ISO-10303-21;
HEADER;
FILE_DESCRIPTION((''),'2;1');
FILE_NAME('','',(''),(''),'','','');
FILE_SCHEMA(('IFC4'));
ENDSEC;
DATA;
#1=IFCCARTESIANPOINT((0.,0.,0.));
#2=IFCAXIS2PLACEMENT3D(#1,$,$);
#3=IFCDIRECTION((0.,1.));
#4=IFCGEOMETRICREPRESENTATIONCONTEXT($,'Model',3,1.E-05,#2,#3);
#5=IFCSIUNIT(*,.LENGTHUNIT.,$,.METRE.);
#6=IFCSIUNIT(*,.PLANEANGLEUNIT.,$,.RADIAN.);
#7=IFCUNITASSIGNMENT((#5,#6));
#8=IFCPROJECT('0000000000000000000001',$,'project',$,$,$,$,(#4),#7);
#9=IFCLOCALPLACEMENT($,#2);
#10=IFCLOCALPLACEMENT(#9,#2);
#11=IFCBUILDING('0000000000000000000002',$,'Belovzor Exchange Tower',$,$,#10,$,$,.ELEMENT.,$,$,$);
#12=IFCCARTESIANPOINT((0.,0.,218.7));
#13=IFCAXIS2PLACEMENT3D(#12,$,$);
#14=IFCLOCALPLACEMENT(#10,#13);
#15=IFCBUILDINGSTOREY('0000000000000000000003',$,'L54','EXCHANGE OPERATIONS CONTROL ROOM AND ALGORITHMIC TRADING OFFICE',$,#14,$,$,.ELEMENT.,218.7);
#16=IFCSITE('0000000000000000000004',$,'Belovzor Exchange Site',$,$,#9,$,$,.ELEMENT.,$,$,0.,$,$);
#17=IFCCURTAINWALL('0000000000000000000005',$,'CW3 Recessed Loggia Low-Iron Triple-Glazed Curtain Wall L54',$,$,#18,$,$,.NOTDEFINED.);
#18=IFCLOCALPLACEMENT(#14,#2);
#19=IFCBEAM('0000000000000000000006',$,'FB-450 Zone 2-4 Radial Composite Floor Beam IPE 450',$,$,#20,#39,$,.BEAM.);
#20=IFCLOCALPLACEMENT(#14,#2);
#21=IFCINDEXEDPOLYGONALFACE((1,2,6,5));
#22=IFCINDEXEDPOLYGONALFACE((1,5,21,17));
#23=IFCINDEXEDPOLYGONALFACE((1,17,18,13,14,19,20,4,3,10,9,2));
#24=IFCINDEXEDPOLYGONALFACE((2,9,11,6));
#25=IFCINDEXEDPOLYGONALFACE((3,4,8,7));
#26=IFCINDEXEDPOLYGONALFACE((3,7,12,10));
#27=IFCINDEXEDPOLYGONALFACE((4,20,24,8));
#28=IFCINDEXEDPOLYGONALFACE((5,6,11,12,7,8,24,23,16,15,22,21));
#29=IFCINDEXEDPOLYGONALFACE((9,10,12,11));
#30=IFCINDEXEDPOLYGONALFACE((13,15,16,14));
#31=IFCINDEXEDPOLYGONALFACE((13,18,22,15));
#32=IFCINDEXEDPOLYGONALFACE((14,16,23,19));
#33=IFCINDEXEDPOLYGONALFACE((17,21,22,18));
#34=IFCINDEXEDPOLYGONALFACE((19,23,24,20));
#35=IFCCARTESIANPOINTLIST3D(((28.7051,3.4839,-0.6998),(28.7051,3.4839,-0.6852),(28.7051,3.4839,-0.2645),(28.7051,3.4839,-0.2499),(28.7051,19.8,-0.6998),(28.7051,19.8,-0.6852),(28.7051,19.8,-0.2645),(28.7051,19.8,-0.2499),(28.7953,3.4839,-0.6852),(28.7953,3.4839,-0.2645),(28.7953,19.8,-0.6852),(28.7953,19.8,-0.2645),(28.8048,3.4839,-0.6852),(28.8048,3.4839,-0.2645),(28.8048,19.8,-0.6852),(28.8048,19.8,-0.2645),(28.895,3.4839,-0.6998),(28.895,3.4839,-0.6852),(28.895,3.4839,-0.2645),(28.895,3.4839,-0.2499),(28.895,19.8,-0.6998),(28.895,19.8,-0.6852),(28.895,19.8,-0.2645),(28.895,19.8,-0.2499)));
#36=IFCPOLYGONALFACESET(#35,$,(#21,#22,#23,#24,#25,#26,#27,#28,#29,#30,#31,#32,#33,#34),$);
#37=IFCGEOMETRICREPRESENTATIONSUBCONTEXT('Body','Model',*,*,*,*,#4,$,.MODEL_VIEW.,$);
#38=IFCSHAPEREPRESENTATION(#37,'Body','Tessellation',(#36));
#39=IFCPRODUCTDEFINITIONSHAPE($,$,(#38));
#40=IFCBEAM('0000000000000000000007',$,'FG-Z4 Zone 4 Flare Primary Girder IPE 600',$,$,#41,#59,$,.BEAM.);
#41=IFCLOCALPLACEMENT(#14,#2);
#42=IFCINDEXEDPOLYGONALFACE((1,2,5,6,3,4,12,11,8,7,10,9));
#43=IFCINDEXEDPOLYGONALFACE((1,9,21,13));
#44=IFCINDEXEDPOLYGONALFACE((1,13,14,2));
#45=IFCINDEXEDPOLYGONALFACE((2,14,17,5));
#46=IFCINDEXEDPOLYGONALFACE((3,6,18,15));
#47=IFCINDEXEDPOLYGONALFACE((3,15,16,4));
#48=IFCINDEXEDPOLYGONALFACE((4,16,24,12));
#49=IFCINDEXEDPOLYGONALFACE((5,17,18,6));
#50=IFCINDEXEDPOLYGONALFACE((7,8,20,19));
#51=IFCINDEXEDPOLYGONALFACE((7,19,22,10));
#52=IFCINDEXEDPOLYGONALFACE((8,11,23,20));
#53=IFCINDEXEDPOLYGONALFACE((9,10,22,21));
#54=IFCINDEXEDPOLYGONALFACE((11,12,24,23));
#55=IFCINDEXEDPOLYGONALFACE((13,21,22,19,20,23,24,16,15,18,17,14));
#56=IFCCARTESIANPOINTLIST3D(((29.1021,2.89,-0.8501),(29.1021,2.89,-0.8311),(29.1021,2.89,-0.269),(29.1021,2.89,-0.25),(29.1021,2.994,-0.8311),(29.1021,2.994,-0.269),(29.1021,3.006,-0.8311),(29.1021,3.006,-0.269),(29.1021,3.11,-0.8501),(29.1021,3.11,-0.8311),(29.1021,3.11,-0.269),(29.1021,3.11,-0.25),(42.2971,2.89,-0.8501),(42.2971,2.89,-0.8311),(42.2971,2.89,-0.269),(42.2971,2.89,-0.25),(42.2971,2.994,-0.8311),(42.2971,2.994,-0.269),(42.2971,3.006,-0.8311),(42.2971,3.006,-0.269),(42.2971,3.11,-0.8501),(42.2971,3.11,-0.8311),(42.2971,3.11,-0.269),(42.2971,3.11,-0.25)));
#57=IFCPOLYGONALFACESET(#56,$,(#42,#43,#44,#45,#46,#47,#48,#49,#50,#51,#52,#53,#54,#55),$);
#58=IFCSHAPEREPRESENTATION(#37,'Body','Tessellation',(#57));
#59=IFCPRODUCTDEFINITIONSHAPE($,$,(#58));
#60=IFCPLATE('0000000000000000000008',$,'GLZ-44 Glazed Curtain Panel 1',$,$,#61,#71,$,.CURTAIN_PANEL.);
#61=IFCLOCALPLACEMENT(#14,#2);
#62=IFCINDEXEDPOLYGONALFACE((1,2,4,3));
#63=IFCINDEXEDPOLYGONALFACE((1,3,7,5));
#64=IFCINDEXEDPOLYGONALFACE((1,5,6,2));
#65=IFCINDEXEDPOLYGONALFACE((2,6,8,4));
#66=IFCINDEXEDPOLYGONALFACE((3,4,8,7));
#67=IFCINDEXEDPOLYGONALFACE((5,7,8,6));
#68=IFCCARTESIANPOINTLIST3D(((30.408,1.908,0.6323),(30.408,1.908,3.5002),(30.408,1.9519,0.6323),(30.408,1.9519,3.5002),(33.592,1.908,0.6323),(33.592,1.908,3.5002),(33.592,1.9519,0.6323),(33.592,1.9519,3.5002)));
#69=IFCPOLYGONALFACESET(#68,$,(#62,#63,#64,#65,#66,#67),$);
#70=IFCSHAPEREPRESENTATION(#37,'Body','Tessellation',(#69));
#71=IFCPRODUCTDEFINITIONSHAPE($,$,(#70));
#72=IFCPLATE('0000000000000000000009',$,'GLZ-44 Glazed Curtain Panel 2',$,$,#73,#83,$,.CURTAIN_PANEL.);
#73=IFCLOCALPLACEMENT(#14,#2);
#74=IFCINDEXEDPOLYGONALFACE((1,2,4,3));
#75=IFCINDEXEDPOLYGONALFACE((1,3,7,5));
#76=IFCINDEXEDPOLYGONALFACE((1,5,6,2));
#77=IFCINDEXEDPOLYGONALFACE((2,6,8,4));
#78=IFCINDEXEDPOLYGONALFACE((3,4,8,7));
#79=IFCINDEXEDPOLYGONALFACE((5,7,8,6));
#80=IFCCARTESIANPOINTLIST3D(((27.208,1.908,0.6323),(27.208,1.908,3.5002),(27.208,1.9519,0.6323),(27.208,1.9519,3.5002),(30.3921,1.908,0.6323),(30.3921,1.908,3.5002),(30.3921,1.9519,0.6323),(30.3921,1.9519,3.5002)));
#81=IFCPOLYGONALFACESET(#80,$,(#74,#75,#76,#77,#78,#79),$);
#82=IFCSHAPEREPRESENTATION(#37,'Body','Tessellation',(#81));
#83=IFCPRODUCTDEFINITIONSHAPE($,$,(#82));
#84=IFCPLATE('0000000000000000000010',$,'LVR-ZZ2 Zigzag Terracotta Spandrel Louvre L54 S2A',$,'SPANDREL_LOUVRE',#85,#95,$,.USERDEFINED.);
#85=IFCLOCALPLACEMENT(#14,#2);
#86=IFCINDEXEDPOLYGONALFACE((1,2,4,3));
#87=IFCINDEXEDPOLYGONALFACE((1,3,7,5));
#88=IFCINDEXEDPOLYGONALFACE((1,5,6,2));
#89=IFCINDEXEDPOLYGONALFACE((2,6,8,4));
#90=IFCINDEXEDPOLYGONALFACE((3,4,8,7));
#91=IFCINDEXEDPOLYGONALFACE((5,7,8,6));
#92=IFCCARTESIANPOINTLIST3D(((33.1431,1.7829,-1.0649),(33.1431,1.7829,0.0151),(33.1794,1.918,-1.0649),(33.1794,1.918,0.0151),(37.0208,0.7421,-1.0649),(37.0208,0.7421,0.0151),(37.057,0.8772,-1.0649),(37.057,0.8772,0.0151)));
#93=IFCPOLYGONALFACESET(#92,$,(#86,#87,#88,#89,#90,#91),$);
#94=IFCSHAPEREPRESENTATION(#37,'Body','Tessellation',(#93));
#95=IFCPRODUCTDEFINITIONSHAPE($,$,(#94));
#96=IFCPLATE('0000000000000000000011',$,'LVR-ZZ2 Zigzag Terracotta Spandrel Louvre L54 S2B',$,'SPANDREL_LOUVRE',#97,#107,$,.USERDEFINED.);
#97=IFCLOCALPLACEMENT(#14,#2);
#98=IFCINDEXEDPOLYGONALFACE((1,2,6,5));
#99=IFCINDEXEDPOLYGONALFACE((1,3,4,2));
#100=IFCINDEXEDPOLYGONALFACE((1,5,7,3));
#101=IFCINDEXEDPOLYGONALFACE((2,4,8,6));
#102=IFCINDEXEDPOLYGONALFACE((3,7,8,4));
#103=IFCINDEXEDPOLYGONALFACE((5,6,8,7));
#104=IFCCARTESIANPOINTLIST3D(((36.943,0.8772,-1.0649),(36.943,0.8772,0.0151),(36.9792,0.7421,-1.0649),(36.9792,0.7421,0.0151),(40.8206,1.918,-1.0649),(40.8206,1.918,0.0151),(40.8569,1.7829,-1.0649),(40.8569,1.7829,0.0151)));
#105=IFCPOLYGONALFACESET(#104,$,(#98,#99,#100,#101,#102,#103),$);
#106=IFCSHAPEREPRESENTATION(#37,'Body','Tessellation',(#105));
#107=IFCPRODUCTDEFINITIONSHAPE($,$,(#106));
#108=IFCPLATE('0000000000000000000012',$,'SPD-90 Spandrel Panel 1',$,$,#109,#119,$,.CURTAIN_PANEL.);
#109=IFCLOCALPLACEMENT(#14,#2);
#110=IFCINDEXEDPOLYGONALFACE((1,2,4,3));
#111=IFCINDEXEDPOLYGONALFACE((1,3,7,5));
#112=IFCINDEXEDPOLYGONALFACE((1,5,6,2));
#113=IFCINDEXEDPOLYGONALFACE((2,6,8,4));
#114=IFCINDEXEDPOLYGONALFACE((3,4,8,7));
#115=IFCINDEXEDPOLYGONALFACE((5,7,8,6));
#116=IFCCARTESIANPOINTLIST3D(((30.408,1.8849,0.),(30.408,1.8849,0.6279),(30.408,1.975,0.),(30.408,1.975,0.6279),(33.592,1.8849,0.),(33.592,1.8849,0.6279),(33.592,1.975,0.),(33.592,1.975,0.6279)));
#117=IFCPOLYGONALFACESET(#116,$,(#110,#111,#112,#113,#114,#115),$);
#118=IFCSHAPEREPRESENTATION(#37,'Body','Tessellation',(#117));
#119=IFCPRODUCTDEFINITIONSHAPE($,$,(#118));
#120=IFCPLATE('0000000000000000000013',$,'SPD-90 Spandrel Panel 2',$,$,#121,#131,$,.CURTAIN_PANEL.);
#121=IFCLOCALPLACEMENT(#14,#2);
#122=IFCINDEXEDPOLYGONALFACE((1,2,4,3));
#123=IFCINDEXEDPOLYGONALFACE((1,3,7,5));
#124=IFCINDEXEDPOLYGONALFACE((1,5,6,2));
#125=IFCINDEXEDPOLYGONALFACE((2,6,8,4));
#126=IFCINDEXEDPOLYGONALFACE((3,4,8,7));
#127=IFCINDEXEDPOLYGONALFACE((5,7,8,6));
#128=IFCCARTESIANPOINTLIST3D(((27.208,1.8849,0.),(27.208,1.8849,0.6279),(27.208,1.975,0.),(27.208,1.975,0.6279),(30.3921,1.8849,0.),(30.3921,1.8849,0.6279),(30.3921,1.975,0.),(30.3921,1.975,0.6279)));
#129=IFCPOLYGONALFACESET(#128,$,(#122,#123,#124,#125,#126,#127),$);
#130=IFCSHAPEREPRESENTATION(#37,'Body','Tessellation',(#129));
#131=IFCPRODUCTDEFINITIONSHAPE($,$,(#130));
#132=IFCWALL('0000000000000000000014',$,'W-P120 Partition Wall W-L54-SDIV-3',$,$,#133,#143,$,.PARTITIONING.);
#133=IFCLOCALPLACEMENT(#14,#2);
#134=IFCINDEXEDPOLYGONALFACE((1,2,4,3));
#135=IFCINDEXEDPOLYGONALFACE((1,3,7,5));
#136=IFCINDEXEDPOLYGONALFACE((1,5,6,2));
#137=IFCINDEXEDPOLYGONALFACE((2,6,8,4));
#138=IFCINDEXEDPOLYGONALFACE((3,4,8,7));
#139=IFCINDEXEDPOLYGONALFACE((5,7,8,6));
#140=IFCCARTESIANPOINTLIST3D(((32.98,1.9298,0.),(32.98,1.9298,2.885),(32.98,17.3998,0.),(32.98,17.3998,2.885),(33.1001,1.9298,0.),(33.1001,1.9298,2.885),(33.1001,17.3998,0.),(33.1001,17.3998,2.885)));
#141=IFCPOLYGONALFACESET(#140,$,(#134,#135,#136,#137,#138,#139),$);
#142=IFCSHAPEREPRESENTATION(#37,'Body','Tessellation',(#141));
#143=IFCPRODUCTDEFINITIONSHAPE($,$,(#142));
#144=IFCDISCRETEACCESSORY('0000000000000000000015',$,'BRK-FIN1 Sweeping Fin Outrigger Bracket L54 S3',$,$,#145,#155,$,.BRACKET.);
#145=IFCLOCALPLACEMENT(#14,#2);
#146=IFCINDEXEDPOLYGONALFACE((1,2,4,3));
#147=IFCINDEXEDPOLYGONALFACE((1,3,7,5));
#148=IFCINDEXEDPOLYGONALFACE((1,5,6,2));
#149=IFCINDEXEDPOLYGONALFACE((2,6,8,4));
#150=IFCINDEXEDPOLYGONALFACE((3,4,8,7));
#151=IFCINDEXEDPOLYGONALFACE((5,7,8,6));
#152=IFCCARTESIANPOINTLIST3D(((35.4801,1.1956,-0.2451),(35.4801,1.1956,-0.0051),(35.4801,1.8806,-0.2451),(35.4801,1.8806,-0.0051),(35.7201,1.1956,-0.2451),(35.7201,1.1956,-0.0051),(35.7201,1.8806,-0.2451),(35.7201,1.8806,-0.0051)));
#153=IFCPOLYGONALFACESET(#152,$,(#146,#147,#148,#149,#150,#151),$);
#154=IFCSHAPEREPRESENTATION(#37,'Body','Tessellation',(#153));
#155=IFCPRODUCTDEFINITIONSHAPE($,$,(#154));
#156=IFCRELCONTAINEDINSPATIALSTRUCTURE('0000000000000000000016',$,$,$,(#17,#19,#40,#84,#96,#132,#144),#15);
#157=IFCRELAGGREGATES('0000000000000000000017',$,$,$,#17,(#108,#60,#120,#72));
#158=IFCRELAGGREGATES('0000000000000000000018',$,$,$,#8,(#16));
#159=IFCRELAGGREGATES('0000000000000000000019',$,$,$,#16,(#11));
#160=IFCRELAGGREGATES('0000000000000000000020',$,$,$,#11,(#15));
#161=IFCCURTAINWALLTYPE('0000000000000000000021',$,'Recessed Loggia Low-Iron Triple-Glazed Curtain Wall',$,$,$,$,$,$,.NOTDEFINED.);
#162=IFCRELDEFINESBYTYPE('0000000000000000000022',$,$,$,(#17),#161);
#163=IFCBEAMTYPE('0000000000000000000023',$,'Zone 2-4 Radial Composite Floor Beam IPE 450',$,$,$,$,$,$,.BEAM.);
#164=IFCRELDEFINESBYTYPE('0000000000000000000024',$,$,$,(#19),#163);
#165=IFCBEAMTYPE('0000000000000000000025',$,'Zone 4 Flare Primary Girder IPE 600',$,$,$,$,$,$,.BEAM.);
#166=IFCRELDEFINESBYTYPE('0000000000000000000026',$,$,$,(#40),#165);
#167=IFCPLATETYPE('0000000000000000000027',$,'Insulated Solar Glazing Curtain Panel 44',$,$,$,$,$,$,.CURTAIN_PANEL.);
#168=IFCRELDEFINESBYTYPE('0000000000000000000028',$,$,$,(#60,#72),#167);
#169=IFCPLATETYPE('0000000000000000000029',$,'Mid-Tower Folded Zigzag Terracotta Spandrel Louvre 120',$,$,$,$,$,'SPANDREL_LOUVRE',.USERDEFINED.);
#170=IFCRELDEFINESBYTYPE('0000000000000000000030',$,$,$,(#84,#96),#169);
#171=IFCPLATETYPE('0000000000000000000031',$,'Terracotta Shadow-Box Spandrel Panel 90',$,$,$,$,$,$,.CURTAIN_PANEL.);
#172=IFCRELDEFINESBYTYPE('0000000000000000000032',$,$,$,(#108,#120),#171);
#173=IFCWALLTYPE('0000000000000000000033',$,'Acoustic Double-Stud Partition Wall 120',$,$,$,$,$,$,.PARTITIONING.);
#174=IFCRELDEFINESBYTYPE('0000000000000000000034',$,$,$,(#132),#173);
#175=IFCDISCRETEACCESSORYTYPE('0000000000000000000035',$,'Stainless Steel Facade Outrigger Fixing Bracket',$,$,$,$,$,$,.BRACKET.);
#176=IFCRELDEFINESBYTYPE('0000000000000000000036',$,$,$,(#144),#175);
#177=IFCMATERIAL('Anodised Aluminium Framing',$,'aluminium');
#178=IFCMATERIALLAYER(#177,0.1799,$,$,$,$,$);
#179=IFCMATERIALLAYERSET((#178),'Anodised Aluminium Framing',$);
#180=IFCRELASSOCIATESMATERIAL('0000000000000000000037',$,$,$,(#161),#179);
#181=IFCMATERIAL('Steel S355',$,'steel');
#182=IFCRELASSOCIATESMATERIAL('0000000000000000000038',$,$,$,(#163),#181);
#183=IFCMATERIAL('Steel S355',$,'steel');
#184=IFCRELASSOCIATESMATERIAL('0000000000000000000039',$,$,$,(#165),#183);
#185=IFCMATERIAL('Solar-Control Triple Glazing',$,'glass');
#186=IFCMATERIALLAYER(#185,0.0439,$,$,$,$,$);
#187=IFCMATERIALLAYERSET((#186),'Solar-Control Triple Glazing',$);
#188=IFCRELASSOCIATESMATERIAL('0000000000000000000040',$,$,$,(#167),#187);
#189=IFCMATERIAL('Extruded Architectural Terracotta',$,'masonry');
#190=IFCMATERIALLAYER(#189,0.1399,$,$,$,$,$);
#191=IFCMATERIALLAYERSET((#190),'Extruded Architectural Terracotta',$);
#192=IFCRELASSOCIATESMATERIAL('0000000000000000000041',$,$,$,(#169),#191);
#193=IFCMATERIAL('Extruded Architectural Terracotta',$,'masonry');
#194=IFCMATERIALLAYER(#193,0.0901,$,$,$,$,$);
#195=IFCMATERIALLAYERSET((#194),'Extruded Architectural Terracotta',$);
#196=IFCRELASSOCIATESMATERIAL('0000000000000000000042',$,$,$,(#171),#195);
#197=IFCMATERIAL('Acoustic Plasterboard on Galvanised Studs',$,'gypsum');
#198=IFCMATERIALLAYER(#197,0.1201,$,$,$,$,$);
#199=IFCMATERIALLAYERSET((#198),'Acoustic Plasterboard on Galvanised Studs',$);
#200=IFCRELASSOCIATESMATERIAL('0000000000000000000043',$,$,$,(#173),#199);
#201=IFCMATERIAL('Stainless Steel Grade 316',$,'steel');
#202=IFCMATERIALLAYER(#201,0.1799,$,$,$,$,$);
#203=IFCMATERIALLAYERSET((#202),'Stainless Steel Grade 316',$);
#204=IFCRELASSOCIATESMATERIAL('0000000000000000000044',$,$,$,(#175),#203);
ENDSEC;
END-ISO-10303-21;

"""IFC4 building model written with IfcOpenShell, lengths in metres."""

from ifc_helpers import new_model, si_unit, direction, frame, frame_2d, origin, origin_2d, place, context, subcontext, project, spatial, rectangle, i_section, extrude, material, layer, layer_set, material_profile, profile_set, type_object, element, aggregate, save


model = new_model("IFC4")

# Units and contexts
model_context = context("Model", 3, precision=1e-05, world=origin(), true_north=direction((0.0, 1.0)))
body_context = subcontext(model_context, "Body", "Model", "MODEL_VIEW")
ifc_project = project(units=[si_unit("LENGTHUNIT", "METRE"), si_unit("PLANEANGLEUNIT", "RADIAN")], contexts=[model_context])

# Site, building, storey
site_placement = place(None, origin())
site = spatial("IfcSite", under=ifc_project, at=site_placement, Name="Belovzor Exchange Site", CompositionType="ELEMENT", RefElevation=0.0)
building_placement = place(site_placement, origin())
building = spatial("IfcBuilding", under=site, at=building_placement, Name="Belovzor Exchange Tower", CompositionType="ELEMENT")
storey_placement = place(building_placement, frame((0.0, 0.0, 218.7)))
storey = spatial("IfcBuildingStorey", under=building, at=storey_placement, Name="L54", Description="EXCHANGE OPERATIONS CONTROL ROOM AND ALGORITHMIC TRADING OFFICE", CompositionType="ELEMENT", Elevation=218.7)

# Curtain wall
ifc_material_1 = material(Name="Anodised Aluminium Framing", Category="aluminium")
ifc_layer_1 = layer(ifc_material_1, 0.1799)
ifc_layer_set_1 = layer_set([ifc_layer_1], Name="Anodised Aluminium Framing")
curtain_wall_type = type_object("IfcCurtainWallType", Name="Recessed Loggia Low-Iron Triple-Glazed Curtain Wall", PredefinedType="NOTDEFINED", material=ifc_layer_set_1)
curtain_wall_placement = place(storey_placement, origin())
curtain_wall = element("IfcCurtainWall", 1, at=curtain_wall_placement, inside=storey, type_object=curtain_wall_type, Name="CW3 Recessed Loggia Low-Iron Triple-Glazed Curtain Wall L54", PredefinedType="NOTDEFINED")

# Beams
ifc_material_2 = material(Name="Steel S355", Category="steel")
ifc_material_profile_1 = material_profile(ifc_material_2, i_section(OverallWidth=0.1899, OverallDepth=0.45, WebThickness=0.0095, FlangeThickness=0.0146, at=origin_2d()))
ifc_profile_set_1 = profile_set([ifc_material_profile_1], Name="Steel S355")
beam_type_1 = type_object("IfcBeamType", Name="Zone 2-4 Radial Composite Floor Beam IPE 450", PredefinedType="BEAM", material=ifc_profile_set_1)
beam_1_placement = place(storey_placement, frame((28.8, 19.8, -0.4749), z_axis=(0.0, -1.0, 0.0), x_axis=(1.0, 0.0, 0.0)))
element("IfcBeam", 2, at=beam_1_placement, inside=storey, type_object=beam_type_1, Name="FB-450 Zone 2-4 Radial Composite Floor Beam IPE 450", PredefinedType="BEAM", context=body_context, shape_type="SweptSolid", body=[
    extrude(i_section(OverallWidth=0.1899, OverallDepth=0.45, WebThickness=0.0095, FlangeThickness=0.0146, at=origin_2d()), origin(), (0.0, 0.0, 1.0), 16.3162),
])
ifc_material_3 = material(Name="Steel S355", Category="steel")
ifc_material_profile_2 = material_profile(ifc_material_3, i_section(OverallWidth=0.22, OverallDepth=0.6001, WebThickness=0.012, FlangeThickness=0.019, at=origin_2d()))
ifc_profile_set_2 = profile_set([ifc_material_profile_2], Name="Steel S355")
beam_type_2 = type_object("IfcBeamType", Name="Zone 4 Flare Primary Girder IPE 600", PredefinedType="BEAM", material=ifc_profile_set_2)
beam_2_placement = place(storey_placement, frame((29.1021, 3.0, -0.55), z_axis=(1.0, 0.0, 0.0), x_axis=(0.0, 1.0, 0.0)))
element("IfcBeam", 3, at=beam_2_placement, inside=storey, type_object=beam_type_2, Name="FG-Z4 Zone 4 Flare Primary Girder IPE 600", PredefinedType="BEAM", context=body_context, shape_type="SweptSolid", body=[
    extrude(i_section(OverallWidth=0.22, OverallDepth=0.6001, WebThickness=0.012, FlangeThickness=0.019, at=origin_2d()), origin(), (0.0, 0.0, 1.0), 13.1951),
])

# Plates
ifc_material_4 = material(Name="Solar-Control Triple Glazing", Category="glass")
ifc_layer_2 = layer(ifc_material_4, 0.0439)
ifc_layer_set_2 = layer_set([ifc_layer_2], Name="Solar-Control Triple Glazing")
plate_type_1 = type_object("IfcPlateType", Name="Insulated Solar Glazing Curtain Panel 44", PredefinedType="CURTAIN_PANEL", material=ifc_layer_set_2)
plate_1_placement = place(storey_placement, frame((32.0, 1.9299, 0.6323), z_axis=(0.0, 0.0, 1.0), x_axis=(-1.0, 0.0, 0.0)))
plate_1 = element("IfcPlate", 4, at=plate_1_placement, type_object=plate_type_1, Name="GLZ-44 Glazed Curtain Panel 1", PredefinedType="CURTAIN_PANEL", context=body_context, shape_type="SweptSolid", body=[
    extrude(rectangle(XDim=3.1841, YDim=0.0439, at=origin_2d()), origin(), (0.0, 0.0, 1.0), 2.8679),
])
plate_2_placement = place(storey_placement, frame((28.8, 1.9299, 0.6323), z_axis=(0.0, 0.0, 1.0), x_axis=(-1.0, 0.0, 0.0)))
plate_2 = element("IfcPlate", 5, at=plate_2_placement, type_object=plate_type_1, Name="GLZ-44 Glazed Curtain Panel 2", PredefinedType="CURTAIN_PANEL", context=body_context, shape_type="SweptSolid", body=[
    extrude(rectangle(XDim=3.1841, YDim=0.0439, at=origin_2d()), origin(), (0.0, 0.0, 1.0), 2.8679),
])

# Plates
ifc_material_5 = material(Name="Extruded Architectural Terracotta", Category="masonry")
ifc_layer_3 = layer(ifc_material_5, 0.1399)
ifc_layer_set_3 = layer_set([ifc_layer_3], Name="Extruded Architectural Terracotta")
plate_type_2 = type_object("IfcPlateType", Name="Mid-Tower Folded Zigzag Terracotta Spandrel Louvre 120", ElementType="SPANDREL_LOUVRE", PredefinedType="USERDEFINED", material=ifc_layer_set_3)
for number, where, z_axis, x_axis, name in (
    (6, (35.1001, 1.3301, -1.0649), (0.0, 0.0, 1.0), (0.965813, -0.25924, 0.0), "LVR-ZZ2 Zigzag Terracotta Spandrel Louvre L54 S2A"),
    (7, (38.8999, 1.3301, -1.0649), (0.0, 0.0, 1.0), (0.965813, 0.25924, 0.0), "LVR-ZZ2 Zigzag Terracotta Spandrel Louvre L54 S2B"),
):
    element("IfcPlate", number, at=place(storey_placement, frame(where, z_axis=z_axis, x_axis=x_axis)), inside=storey, type_object=plate_type_2, Name=name, ObjectType="SPANDREL_LOUVRE", PredefinedType="USERDEFINED", context=body_context, shape_type="SweptSolid", body=[
        extrude(rectangle(XDim=4.0149, YDim=0.1399, at=origin_2d()), origin(), (0.0, 0.0, 1.0), 1.0801),
    ])

# Plates
ifc_material_6 = material(Name="Extruded Architectural Terracotta", Category="masonry")
ifc_layer_4 = layer(ifc_material_6, 0.0901)
ifc_layer_set_4 = layer_set([ifc_layer_4], Name="Extruded Architectural Terracotta")
plate_type_3 = type_object("IfcPlateType", Name="Terracotta Shadow-Box Spandrel Panel 90", PredefinedType="CURTAIN_PANEL", material=ifc_layer_set_4)
plate_3_placement = place(storey_placement, frame((32.0, 1.9299, 0.0), z_axis=(0.0, 0.0, 1.0), x_axis=(-1.0, 0.0, 0.0)))
plate_3 = element("IfcPlate", 8, at=plate_3_placement, type_object=plate_type_3, Name="SPD-90 Spandrel Panel 1", PredefinedType="CURTAIN_PANEL", context=body_context, shape_type="SweptSolid", body=[
    extrude(rectangle(XDim=3.1841, YDim=0.0901, at=origin_2d()), origin(), (0.0, 0.0, 1.0), 0.6279),
])
plate_4_placement = place(storey_placement, frame((28.8, 1.9299, 0.0), z_axis=(0.0, 0.0, 1.0), x_axis=(-1.0, 0.0, 0.0)))
plate_4 = element("IfcPlate", 9, at=plate_4_placement, type_object=plate_type_3, Name="SPD-90 Spandrel Panel 2", PredefinedType="CURTAIN_PANEL", context=body_context, shape_type="SweptSolid", body=[
    extrude(rectangle(XDim=3.1841, YDim=0.0901, at=origin_2d()), origin(), (0.0, 0.0, 1.0), 0.6279),
])
aggregate(curtain_wall, [plate_3, plate_1, plate_4, plate_2])

# Wall
ifc_material_7 = material(Name="Acoustic Plasterboard on Galvanised Studs", Category="gypsum")
ifc_layer_5 = layer(ifc_material_7, 0.1201)
ifc_layer_set_5 = layer_set([ifc_layer_5], Name="Acoustic Plasterboard on Galvanised Studs")
wall_type = type_object("IfcWallType", Name="Acoustic Double-Stud Partition Wall 120", PredefinedType="PARTITIONING", material=ifc_layer_set_5)
wall_placement = place(storey_placement, frame((33.04, 1.9299, 0.0), z_axis=(0.0, 0.0, 1.0), x_axis=(0.0, 1.0, 0.0)))
element("IfcWall", 10, at=wall_placement, inside=storey, type_object=wall_type, Name="W-P120 Partition Wall W-L54-SDIV-3", PredefinedType="PARTITIONING", context=body_context, shape_type="SweptSolid", body=[
    extrude(rectangle(XDim=15.47, YDim=0.1201, at=frame_2d((7.7349, 0.0))), origin(), (0.0, 0.0, 1.0), 2.885),
])

# Discrete accessory
ifc_material_8 = material(Name="Stainless Steel Grade 316", Category="steel")
ifc_layer_6 = layer(ifc_material_8, 0.1799)
ifc_layer_set_6 = layer_set([ifc_layer_6], Name="Stainless Steel Grade 316")
discrete_accessory_type = type_object("IfcDiscreteAccessoryType", Name="Stainless Steel Facade Outrigger Fixing Bracket", PredefinedType="BRACKET", material=ifc_layer_set_6)
discrete_accessory_placement = place(storey_placement, frame((35.6001, 1.5381, -0.2451), z_axis=(0.0, 0.0, 1.0), x_axis=(0.0, 1.0, 0.0)))
element("IfcDiscreteAccessory", 11, at=discrete_accessory_placement, inside=storey, type_object=discrete_accessory_type, Name="BRK-FIN1 Sweeping Fin Outrigger Bracket L54 S3", PredefinedType="BRACKET", context=body_context, shape_type="SweptSolid", body=[
    extrude(rectangle(XDim=0.6851, YDim=0.24, at=origin_2d()), origin(), (0.0, 0.0, 1.0), 0.24),
])

save(model, "model.ifc")
